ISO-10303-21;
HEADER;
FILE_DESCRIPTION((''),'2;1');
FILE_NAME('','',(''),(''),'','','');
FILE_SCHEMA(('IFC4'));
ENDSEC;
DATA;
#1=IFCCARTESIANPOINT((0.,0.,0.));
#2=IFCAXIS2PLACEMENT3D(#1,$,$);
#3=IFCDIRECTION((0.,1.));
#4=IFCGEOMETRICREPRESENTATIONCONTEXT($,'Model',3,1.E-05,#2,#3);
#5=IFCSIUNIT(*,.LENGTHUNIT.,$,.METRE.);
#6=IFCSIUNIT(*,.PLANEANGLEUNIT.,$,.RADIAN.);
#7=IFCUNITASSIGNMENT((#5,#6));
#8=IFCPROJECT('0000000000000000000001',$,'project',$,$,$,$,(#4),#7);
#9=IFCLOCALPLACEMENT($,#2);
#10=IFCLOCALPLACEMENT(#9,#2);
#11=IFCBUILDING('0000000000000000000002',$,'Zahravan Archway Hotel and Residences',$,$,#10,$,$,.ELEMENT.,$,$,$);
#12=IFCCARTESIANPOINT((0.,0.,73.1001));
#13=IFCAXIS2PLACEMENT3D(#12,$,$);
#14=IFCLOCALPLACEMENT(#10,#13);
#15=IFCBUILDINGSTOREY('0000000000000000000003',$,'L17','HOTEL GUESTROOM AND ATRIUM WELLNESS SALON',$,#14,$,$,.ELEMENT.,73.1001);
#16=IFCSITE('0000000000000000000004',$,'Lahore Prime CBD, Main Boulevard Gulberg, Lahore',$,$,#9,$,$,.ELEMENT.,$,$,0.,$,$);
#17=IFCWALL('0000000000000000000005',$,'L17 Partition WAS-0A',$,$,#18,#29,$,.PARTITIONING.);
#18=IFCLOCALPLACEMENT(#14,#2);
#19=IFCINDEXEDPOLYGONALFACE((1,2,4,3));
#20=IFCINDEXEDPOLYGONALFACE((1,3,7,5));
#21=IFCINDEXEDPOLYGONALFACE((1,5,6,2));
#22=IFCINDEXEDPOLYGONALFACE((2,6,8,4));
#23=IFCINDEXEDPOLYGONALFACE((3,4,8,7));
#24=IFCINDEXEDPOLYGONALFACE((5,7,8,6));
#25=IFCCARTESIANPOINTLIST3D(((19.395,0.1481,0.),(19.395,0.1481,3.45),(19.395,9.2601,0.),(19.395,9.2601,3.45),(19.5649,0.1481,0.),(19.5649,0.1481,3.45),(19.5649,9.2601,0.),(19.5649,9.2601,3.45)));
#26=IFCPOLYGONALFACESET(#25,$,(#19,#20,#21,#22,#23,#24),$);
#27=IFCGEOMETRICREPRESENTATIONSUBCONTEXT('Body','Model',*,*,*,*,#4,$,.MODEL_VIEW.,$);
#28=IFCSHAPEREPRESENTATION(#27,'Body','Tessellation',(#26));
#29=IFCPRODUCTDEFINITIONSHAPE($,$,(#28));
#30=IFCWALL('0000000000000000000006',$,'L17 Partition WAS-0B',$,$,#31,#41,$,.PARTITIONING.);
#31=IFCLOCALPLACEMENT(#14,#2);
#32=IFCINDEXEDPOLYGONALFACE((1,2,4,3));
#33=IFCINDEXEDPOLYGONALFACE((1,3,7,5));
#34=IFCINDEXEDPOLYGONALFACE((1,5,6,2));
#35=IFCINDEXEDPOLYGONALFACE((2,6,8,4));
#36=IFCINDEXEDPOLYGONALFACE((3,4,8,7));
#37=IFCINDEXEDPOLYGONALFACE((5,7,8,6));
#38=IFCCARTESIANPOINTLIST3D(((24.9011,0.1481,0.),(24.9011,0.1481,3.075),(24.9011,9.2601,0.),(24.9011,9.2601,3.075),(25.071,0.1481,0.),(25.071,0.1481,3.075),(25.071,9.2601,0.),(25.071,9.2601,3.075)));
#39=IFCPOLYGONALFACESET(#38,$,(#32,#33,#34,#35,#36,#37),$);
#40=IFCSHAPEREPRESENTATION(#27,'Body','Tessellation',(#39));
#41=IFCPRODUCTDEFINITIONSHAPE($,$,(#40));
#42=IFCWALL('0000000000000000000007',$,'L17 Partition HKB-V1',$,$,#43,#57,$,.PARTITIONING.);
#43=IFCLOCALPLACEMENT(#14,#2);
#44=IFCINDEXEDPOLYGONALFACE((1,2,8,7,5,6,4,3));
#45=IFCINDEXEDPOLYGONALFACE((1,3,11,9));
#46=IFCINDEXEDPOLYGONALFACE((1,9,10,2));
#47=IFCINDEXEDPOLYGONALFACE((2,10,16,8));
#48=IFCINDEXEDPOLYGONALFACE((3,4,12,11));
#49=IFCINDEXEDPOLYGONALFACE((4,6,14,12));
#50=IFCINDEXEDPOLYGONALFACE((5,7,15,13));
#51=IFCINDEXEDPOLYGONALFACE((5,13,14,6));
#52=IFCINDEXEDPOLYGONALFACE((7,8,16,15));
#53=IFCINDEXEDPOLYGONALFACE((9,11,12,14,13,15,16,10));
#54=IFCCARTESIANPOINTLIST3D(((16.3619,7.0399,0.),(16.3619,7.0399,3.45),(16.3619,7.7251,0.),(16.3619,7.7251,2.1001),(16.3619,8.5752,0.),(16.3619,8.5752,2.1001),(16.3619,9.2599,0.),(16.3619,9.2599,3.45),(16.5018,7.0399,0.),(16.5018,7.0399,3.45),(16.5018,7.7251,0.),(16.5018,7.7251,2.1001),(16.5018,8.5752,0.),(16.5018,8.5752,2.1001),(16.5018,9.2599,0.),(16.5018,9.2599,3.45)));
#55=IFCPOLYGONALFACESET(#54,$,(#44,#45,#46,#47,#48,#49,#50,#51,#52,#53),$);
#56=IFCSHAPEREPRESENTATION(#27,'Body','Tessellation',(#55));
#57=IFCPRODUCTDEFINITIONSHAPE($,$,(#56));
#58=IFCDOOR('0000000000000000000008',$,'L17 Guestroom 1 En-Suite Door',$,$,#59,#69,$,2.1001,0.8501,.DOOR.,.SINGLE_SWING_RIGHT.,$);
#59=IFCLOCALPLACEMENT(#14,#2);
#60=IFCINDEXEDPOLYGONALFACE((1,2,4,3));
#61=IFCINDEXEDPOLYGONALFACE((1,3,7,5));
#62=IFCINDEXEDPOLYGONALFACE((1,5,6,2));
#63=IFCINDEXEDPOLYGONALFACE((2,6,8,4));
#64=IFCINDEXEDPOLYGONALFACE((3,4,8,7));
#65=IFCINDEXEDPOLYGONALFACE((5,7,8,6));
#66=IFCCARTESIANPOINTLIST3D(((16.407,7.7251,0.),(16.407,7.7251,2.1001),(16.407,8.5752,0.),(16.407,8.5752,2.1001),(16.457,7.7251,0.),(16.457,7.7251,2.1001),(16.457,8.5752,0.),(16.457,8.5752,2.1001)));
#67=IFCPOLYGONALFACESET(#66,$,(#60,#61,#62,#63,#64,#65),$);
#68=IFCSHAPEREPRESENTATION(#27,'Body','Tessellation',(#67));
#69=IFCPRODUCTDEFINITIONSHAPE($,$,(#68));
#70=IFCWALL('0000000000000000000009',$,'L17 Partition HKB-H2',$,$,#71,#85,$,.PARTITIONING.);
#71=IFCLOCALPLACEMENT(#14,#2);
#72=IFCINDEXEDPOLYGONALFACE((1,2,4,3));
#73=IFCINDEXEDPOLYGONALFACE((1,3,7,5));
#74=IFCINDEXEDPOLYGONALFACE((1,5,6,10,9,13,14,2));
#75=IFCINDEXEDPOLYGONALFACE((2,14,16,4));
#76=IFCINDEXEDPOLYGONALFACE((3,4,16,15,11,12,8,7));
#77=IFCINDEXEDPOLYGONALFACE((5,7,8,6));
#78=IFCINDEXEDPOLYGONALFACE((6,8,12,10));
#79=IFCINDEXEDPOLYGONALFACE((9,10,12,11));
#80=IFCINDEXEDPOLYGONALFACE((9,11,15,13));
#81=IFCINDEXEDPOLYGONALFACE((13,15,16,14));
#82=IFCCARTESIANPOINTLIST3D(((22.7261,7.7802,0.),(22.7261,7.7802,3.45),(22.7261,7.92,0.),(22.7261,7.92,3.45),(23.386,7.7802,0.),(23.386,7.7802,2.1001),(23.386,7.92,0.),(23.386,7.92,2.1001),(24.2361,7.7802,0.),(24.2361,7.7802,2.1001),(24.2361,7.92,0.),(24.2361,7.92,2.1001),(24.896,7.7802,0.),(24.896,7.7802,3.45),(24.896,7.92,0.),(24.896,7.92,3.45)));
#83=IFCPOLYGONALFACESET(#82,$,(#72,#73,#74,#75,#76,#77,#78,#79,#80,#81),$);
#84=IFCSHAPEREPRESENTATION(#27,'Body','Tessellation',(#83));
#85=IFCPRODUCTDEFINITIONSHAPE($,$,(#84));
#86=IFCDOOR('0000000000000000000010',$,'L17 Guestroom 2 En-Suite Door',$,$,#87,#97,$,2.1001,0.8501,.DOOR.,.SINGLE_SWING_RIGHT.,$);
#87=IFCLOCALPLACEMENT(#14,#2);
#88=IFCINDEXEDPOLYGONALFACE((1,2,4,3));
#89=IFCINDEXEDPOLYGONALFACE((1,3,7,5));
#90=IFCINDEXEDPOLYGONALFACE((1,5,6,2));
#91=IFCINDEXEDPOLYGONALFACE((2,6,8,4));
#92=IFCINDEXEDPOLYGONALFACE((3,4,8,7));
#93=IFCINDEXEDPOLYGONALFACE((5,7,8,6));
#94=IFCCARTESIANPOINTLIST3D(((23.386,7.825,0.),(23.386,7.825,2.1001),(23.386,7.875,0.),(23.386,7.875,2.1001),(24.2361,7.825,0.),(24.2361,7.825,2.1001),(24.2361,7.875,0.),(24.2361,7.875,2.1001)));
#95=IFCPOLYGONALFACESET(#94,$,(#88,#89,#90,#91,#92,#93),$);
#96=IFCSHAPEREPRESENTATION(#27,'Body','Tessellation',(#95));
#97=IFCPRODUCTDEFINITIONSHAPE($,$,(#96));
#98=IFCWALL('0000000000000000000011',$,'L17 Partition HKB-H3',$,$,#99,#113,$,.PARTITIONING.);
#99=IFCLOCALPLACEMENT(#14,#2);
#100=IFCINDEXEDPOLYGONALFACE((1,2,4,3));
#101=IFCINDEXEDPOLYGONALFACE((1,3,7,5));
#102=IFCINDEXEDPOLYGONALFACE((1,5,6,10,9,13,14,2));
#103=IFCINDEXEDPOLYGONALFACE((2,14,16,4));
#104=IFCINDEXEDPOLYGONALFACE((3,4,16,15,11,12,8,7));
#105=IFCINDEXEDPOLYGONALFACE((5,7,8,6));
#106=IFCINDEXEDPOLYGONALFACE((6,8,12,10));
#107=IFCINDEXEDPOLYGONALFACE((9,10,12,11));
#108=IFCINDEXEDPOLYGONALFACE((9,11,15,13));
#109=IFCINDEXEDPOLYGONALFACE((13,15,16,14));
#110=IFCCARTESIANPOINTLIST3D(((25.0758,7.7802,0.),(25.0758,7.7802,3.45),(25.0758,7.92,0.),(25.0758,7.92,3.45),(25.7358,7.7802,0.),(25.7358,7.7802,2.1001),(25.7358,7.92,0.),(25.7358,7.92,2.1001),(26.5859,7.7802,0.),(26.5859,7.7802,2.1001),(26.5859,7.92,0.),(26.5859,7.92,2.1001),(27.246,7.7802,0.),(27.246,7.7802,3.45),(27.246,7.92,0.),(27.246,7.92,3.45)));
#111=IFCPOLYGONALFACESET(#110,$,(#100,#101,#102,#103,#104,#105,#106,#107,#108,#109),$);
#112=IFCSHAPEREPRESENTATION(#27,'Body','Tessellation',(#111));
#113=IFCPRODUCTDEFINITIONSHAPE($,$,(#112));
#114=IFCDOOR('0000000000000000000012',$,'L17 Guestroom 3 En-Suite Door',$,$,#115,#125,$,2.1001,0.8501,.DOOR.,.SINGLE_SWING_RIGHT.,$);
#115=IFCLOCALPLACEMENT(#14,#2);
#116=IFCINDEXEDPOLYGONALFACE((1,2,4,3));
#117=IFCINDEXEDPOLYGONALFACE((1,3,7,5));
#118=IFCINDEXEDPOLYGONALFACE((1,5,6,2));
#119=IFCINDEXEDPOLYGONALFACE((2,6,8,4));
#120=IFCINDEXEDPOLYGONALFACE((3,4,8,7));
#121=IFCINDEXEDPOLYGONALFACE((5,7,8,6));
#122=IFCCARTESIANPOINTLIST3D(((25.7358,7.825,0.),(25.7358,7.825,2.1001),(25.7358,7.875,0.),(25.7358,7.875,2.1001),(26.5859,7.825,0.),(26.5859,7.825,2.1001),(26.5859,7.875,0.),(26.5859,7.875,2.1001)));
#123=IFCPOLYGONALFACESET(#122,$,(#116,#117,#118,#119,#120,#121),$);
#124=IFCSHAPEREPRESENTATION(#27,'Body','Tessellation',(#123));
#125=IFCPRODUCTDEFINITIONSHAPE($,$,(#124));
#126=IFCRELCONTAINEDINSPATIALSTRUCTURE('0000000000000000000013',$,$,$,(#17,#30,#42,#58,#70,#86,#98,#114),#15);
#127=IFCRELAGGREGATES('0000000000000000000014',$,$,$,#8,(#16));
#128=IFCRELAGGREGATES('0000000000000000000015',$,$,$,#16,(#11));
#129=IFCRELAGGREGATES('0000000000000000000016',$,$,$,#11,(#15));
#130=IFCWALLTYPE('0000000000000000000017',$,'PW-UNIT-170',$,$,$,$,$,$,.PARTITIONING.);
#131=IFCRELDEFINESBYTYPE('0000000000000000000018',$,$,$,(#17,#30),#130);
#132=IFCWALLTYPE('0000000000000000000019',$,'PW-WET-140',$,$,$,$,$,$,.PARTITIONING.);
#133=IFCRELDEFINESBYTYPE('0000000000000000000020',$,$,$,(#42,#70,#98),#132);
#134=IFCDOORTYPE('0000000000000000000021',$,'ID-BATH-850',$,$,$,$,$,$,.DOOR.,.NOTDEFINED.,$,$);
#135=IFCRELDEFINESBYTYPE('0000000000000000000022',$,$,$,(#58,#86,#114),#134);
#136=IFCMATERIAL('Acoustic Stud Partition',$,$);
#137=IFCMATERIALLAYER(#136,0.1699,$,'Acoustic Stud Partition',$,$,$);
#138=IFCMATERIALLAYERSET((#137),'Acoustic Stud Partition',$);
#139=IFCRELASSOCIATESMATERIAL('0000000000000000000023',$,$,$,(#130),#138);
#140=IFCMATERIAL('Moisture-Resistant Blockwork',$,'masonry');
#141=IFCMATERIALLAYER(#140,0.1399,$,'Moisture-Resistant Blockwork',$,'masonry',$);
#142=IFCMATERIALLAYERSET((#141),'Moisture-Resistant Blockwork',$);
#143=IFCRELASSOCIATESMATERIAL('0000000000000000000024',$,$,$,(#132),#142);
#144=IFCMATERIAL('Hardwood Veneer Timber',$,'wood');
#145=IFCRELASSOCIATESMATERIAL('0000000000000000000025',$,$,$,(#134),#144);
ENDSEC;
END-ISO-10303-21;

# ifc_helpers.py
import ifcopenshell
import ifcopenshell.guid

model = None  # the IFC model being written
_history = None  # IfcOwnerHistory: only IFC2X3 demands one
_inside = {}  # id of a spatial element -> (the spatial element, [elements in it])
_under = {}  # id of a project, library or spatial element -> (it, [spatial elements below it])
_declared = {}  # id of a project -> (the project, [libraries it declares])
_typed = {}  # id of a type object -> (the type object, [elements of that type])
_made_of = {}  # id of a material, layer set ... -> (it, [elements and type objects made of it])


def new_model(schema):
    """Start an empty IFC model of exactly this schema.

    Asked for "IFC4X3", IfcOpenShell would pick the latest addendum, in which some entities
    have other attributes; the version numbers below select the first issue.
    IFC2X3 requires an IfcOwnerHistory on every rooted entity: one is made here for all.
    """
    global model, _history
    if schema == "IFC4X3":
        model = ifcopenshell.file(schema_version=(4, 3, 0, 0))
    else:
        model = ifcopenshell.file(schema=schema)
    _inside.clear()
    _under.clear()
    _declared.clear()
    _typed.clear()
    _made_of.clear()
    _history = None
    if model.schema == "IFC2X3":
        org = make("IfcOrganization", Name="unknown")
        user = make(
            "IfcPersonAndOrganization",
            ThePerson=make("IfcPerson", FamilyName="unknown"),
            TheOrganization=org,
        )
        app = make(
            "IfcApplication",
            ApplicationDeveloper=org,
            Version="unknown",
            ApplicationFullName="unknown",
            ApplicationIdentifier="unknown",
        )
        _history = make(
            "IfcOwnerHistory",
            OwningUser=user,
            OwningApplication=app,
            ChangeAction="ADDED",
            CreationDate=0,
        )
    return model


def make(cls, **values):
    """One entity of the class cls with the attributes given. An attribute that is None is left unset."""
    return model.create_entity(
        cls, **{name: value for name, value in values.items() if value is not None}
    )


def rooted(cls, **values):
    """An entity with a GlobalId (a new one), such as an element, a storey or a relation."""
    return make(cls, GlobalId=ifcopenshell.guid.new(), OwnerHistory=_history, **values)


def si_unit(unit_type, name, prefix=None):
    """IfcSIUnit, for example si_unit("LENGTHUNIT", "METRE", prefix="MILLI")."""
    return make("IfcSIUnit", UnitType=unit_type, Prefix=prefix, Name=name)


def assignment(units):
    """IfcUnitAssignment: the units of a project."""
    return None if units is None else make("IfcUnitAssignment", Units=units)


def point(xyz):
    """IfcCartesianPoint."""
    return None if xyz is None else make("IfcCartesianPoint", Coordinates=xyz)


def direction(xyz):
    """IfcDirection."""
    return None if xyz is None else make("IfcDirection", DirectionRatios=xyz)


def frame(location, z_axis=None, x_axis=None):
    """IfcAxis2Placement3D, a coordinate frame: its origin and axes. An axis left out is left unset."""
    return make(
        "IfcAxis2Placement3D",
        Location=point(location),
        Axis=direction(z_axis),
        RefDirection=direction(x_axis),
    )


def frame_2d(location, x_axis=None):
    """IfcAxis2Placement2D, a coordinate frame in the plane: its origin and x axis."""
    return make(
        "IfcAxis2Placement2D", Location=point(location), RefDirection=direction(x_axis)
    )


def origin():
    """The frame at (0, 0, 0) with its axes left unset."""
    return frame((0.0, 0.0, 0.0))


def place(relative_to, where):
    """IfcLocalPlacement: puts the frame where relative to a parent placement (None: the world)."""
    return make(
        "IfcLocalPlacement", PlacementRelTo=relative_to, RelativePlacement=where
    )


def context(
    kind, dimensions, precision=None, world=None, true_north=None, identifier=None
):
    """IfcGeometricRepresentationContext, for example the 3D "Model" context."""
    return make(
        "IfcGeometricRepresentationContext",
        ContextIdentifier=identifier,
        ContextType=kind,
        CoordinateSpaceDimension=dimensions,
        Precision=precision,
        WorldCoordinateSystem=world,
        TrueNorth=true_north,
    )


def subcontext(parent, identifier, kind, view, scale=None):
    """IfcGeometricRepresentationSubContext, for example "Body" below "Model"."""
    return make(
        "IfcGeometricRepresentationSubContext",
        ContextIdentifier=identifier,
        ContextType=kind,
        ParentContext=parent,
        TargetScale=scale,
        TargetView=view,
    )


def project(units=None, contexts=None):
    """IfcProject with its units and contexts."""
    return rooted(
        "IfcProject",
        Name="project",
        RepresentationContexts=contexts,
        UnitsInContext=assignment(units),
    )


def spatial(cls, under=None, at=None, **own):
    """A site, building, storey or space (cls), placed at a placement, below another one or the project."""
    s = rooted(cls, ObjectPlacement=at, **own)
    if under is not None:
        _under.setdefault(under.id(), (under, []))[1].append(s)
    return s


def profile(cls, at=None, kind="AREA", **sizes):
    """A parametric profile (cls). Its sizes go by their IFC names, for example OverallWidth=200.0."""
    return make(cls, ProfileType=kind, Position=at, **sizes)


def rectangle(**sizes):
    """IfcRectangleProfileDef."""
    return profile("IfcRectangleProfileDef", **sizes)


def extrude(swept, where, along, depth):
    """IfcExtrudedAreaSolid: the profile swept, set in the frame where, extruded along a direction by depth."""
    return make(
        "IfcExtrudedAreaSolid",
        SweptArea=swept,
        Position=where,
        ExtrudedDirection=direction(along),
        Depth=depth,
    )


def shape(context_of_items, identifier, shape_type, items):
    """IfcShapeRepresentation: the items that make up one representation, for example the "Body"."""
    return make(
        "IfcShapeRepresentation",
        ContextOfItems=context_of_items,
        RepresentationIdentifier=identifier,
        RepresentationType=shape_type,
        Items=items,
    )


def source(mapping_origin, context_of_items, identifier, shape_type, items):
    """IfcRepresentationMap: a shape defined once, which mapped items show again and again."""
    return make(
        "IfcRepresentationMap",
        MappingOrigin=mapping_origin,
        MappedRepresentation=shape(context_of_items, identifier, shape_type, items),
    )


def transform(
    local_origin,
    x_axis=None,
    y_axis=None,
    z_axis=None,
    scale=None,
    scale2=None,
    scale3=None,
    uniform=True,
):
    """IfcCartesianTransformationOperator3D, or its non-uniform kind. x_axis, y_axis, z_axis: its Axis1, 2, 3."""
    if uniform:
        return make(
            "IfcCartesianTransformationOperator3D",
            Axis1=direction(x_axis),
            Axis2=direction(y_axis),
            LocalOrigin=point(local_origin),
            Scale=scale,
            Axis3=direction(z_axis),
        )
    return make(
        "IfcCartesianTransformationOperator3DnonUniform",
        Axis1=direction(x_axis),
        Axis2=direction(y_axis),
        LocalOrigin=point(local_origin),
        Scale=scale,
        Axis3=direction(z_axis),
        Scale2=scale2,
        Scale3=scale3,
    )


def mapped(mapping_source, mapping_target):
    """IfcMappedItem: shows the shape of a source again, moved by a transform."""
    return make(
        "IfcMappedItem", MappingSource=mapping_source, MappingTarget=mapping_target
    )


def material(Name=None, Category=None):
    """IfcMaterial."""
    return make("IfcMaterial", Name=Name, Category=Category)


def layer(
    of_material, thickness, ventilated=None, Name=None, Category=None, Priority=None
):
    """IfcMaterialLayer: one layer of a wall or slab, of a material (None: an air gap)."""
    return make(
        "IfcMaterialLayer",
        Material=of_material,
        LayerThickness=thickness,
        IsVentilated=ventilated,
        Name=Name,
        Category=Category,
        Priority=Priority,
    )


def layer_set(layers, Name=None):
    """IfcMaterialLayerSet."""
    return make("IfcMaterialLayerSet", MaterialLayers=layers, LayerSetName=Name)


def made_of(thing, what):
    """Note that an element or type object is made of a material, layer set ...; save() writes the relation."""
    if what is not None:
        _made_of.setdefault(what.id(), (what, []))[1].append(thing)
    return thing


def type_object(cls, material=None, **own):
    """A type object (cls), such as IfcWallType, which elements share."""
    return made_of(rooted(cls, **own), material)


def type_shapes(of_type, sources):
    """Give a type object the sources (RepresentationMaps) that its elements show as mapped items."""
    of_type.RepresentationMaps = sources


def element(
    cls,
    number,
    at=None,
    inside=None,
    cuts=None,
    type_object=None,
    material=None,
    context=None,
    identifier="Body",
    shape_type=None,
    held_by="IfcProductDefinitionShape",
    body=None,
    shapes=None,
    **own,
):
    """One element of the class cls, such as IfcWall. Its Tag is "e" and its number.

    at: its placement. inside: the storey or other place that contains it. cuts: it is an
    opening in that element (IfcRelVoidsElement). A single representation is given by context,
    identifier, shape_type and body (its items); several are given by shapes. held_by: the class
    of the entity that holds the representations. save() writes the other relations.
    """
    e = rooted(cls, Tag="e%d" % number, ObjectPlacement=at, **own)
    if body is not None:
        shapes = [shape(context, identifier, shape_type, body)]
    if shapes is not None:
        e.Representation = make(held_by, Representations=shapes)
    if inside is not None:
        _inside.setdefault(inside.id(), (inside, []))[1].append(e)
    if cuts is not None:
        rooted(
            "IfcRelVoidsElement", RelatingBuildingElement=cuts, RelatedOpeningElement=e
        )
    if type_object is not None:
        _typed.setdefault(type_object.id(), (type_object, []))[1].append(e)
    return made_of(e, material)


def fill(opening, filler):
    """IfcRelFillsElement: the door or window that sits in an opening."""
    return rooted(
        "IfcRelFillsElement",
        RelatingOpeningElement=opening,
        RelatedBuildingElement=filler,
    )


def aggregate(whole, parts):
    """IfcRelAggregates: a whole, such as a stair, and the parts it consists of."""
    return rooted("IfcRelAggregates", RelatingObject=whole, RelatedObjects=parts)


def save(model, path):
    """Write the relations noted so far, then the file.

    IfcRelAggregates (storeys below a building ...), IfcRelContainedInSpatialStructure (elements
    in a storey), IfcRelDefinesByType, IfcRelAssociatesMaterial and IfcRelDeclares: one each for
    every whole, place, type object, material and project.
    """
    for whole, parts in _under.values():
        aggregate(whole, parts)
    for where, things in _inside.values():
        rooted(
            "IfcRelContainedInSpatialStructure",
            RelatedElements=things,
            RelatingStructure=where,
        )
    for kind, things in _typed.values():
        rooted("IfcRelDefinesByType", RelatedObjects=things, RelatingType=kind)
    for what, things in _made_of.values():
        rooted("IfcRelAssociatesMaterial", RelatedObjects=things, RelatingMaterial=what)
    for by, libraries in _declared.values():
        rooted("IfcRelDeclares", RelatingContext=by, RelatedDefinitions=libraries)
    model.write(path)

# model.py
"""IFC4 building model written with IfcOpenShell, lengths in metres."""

from ifc_helpers import new_model, si_unit, direction, frame, frame_2d, origin, place, context, subcontext, project, spatial, rectangle, extrude, source, transform, mapped, material, layer, layer_set, type_object, type_shapes, element, fill, save


model = new_model("IFC4")

# Units and contexts
model_context = context("Model", 3, precision=1e-05, world=origin(), true_north=direction((0.0, 1.0)))
body_context = subcontext(model_context, "Body", "Model", "MODEL_VIEW")
ifc_project = project(units=[si_unit("LENGTHUNIT", "METRE"), si_unit("PLANEANGLEUNIT", "RADIAN")], contexts=[model_context])

# Site, building, storey
site_placement = place(None, origin())
site = spatial("IfcSite", under=ifc_project, at=site_placement, Name="Lahore Prime CBD, Main Boulevard Gulberg, Lahore", CompositionType="ELEMENT", RefElevation=0.0)
building_placement = place(site_placement, origin())
building = spatial("IfcBuilding", under=site, at=building_placement, Name="Zahravan Archway Hotel and Residences", CompositionType="ELEMENT")
storey_placement = place(building_placement, frame((0.0, 0.0, 73.1001)))
storey = spatial("IfcBuildingStorey", under=building, at=storey_placement, Name="L17", Description="HOTEL GUESTROOM AND ATRIUM WELLNESS SALON", CompositionType="ELEMENT", Elevation=73.1001)

# Walls
ifc_material_1 = material(Name="Acoustic Stud Partition")
ifc_layer_1 = layer(ifc_material_1, 0.1699, Name="Acoustic Stud Partition")
ifc_layer_set_1 = layer_set([ifc_layer_1], Name="Acoustic Stud Partition")
wall_type_1 = type_object("IfcWallType", Name="PW-UNIT-170", PredefinedType="PARTITIONING", material=ifc_layer_set_1)
wall_1_placement = place(storey_placement, frame((19.48, 0.1479, 0.0), z_axis=(0.0, 0.0, 1.0), x_axis=(0.0, 1.0, 0.0)))
element("IfcWall", 1, at=wall_1_placement, inside=storey, type_object=wall_type_1, Name="L17 Partition WAS-0A", PredefinedType="PARTITIONING", context=body_context, shape_type="SweptSolid", body=[
    extrude(rectangle(XDim=9.1121, YDim=0.1699, at=frame_2d((4.5562, 0.0))), origin(), (0.0, 0.0, 1.0), 3.45),
])
wall_2_placement = place(storey_placement, frame((24.9861, 0.1479, 0.0), z_axis=(0.0, 0.0, 1.0), x_axis=(0.0, 1.0, 0.0)))
element("IfcWall", 2, at=wall_2_placement, inside=storey, type_object=wall_type_1, Name="L17 Partition WAS-0B", PredefinedType="PARTITIONING", context=body_context, shape_type="SweptSolid", body=[
    extrude(rectangle(XDim=9.1121, YDim=0.1699, at=frame_2d((4.5562, 0.0))), origin(), (0.0, 0.0, 1.0), 3.075),
])

# Wall, opening, door
ifc_material_2 = material(Name="Moisture-Resistant Blockwork", Category="masonry")
ifc_layer_2 = layer(ifc_material_2, 0.1399, Name="Moisture-Resistant Blockwork", Category="masonry")
ifc_layer_set_2 = layer_set([ifc_layer_2], Name="Moisture-Resistant Blockwork")
wall_type_2 = type_object("IfcWallType", Name="PW-WET-140", PredefinedType="PARTITIONING", material=ifc_layer_set_2)
wall_3_placement = place(storey_placement, frame((16.4319, 7.04, 0.0), z_axis=(0.0, 0.0, 1.0), x_axis=(0.0, 1.0, 0.0)))
wall_3 = element("IfcWall", 3, at=wall_3_placement, inside=storey, type_object=wall_type_2, Name="L17 Partition HKB-V1", PredefinedType="PARTITIONING", context=body_context, shape_type="SweptSolid", body=[
    extrude(rectangle(XDim=2.22, YDim=0.1399, at=frame_2d((1.1099, 0.0))), origin(), (0.0, 0.0, 1.0), 3.45),
])
opening_1_placement = place(wall_3_placement, frame((0.6851, 0.0, 0.0)))
opening_1 = element("IfcOpeningElement", 4, at=opening_1_placement, cuts=wall_3, PredefinedType="OPENING", context=body_context, shape_type="SweptSolid", body=[
    extrude(rectangle(XDim=0.8501, YDim=2.1001, at=frame_2d((0.425, 1.05))), frame((0.0, 0.0801, 0.0), z_axis=(0.0, -1.0, 0.0), x_axis=(1.0, 0.0, 0.0)), (0.0, 0.0, 1.0), 0.1599),
])
ifc_material_3 = material(Name="Hardwood Veneer Timber", Category="wood")
door_type = type_object("IfcDoorType", Name="ID-BATH-850", OperationType="NOTDEFINED", PredefinedType="DOOR", material=ifc_material_3)
shared_shape_1 = source(origin(), body_context, "Body", "SweptSolid", [
    extrude(rectangle(XDim=0.8501, YDim=2.1001, at=frame_2d((0.425, 1.05))), frame((0.0, 0.0249, 0.0), z_axis=(0.0, -1.0, 0.0), x_axis=(1.0, 0.0, 0.0)), (0.0, 0.0, 1.0), 0.05),
])
type_shapes(door_type, [shared_shape_1])
door_1_placement = place(opening_1_placement, origin())
door_1 = element("IfcDoor", 5, at=door_1_placement, inside=storey, type_object=door_type, Name="L17 Guestroom 1 En-Suite Door", OperationType="SINGLE_SWING_RIGHT", OverallHeight=2.1001, OverallWidth=0.8501, PredefinedType="DOOR", context=body_context, shape_type="MappedRepresentation", body=[
    mapped(shared_shape_1, transform((0.0, 0.0, 0.0), scale=1.0)),
])
fill(opening_1, door_1)

# Walls, openings, doors
wall_4_placement = place(storey_placement, frame((22.7261, 7.8501, 0.0), z_axis=(0.0, 0.0, 1.0), x_axis=(1.0, 0.0, 0.0)))
wall_4 = element("IfcWall", 6, at=wall_4_placement, inside=storey, type_object=wall_type_2, Name="L17 Partition HKB-H2", PredefinedType="PARTITIONING", context=body_context, shape_type="SweptSolid", body=[
    extrude(rectangle(XDim=2.1699, YDim=0.1399, at=frame_2d((1.085, 0.0))), origin(), (0.0, 0.0, 1.0), 3.45),
])
opening_2_placement = place(wall_4_placement, frame((0.6599, 0.0, 0.0)))
opening_2 = element("IfcOpeningElement", 7, at=opening_2_placement, cuts=wall_4, PredefinedType="OPENING", context=body_context, shape_type="SweptSolid", body=[
    extrude(rectangle(XDim=0.8501, YDim=2.1001, at=frame_2d((0.425, 1.05))), frame((0.0, 0.0801, 0.0), z_axis=(0.0, -1.0, 0.0), x_axis=(1.0, 0.0, 0.0)), (0.0, 0.0, 1.0), 0.1599),
])
door_2_placement = place(opening_2_placement, origin())
door_2 = element("IfcDoor", 8, at=door_2_placement, inside=storey, type_object=door_type, Name="L17 Guestroom 2 En-Suite Door", OperationType="SINGLE_SWING_RIGHT", OverallHeight=2.1001, OverallWidth=0.8501, PredefinedType="DOOR", context=body_context, shape_type="MappedRepresentation", body=[
    mapped(shared_shape_1, transform((0.0, 0.0, 0.0), scale=1.0)),
])
fill(opening_2, door_2)
wall_5_placement = place(storey_placement, frame((25.0759, 7.8501, 0.0), z_axis=(0.0, 0.0, 1.0), x_axis=(1.0, 0.0, 0.0)))
wall_5 = element("IfcWall", 9, at=wall_5_placement, inside=storey, type_object=wall_type_2, Name="L17 Partition HKB-H3", PredefinedType="PARTITIONING", context=body_context, shape_type="SweptSolid", body=[
    extrude(rectangle(XDim=2.1702, YDim=0.1399, at=frame_2d((1.085, 0.0))), origin(), (0.0, 0.0, 1.0), 3.45),
])
opening_3_placement = place(wall_5_placement, frame((0.6599, 0.0, 0.0)))
opening_3 = element("IfcOpeningElement", 10, at=opening_3_placement, cuts=wall_5, PredefinedType="OPENING", context=body_context, shape_type="SweptSolid", body=[
    extrude(rectangle(XDim=0.8501, YDim=2.1001, at=frame_2d((0.425, 1.05))), frame((0.0, 0.0801, 0.0), z_axis=(0.0, -1.0, 0.0), x_axis=(1.0, 0.0, 0.0)), (0.0, 0.0, 1.0), 0.1599),
])
door_3_placement = place(opening_3_placement, origin())
door_3 = element("IfcDoor", 11, at=door_3_placement, inside=storey, type_object=door_type, Name="L17 Guestroom 3 En-Suite Door", OperationType="SINGLE_SWING_RIGHT", OverallHeight=2.1001, OverallWidth=0.8501, PredefinedType="DOOR", context=body_context, shape_type="MappedRepresentation", body=[
    mapped(shared_shape_1, transform((0.0, 0.0, 0.0), scale=1.0)),
])
fill(opening_3, door_3)

save(model, "model.ifc")
